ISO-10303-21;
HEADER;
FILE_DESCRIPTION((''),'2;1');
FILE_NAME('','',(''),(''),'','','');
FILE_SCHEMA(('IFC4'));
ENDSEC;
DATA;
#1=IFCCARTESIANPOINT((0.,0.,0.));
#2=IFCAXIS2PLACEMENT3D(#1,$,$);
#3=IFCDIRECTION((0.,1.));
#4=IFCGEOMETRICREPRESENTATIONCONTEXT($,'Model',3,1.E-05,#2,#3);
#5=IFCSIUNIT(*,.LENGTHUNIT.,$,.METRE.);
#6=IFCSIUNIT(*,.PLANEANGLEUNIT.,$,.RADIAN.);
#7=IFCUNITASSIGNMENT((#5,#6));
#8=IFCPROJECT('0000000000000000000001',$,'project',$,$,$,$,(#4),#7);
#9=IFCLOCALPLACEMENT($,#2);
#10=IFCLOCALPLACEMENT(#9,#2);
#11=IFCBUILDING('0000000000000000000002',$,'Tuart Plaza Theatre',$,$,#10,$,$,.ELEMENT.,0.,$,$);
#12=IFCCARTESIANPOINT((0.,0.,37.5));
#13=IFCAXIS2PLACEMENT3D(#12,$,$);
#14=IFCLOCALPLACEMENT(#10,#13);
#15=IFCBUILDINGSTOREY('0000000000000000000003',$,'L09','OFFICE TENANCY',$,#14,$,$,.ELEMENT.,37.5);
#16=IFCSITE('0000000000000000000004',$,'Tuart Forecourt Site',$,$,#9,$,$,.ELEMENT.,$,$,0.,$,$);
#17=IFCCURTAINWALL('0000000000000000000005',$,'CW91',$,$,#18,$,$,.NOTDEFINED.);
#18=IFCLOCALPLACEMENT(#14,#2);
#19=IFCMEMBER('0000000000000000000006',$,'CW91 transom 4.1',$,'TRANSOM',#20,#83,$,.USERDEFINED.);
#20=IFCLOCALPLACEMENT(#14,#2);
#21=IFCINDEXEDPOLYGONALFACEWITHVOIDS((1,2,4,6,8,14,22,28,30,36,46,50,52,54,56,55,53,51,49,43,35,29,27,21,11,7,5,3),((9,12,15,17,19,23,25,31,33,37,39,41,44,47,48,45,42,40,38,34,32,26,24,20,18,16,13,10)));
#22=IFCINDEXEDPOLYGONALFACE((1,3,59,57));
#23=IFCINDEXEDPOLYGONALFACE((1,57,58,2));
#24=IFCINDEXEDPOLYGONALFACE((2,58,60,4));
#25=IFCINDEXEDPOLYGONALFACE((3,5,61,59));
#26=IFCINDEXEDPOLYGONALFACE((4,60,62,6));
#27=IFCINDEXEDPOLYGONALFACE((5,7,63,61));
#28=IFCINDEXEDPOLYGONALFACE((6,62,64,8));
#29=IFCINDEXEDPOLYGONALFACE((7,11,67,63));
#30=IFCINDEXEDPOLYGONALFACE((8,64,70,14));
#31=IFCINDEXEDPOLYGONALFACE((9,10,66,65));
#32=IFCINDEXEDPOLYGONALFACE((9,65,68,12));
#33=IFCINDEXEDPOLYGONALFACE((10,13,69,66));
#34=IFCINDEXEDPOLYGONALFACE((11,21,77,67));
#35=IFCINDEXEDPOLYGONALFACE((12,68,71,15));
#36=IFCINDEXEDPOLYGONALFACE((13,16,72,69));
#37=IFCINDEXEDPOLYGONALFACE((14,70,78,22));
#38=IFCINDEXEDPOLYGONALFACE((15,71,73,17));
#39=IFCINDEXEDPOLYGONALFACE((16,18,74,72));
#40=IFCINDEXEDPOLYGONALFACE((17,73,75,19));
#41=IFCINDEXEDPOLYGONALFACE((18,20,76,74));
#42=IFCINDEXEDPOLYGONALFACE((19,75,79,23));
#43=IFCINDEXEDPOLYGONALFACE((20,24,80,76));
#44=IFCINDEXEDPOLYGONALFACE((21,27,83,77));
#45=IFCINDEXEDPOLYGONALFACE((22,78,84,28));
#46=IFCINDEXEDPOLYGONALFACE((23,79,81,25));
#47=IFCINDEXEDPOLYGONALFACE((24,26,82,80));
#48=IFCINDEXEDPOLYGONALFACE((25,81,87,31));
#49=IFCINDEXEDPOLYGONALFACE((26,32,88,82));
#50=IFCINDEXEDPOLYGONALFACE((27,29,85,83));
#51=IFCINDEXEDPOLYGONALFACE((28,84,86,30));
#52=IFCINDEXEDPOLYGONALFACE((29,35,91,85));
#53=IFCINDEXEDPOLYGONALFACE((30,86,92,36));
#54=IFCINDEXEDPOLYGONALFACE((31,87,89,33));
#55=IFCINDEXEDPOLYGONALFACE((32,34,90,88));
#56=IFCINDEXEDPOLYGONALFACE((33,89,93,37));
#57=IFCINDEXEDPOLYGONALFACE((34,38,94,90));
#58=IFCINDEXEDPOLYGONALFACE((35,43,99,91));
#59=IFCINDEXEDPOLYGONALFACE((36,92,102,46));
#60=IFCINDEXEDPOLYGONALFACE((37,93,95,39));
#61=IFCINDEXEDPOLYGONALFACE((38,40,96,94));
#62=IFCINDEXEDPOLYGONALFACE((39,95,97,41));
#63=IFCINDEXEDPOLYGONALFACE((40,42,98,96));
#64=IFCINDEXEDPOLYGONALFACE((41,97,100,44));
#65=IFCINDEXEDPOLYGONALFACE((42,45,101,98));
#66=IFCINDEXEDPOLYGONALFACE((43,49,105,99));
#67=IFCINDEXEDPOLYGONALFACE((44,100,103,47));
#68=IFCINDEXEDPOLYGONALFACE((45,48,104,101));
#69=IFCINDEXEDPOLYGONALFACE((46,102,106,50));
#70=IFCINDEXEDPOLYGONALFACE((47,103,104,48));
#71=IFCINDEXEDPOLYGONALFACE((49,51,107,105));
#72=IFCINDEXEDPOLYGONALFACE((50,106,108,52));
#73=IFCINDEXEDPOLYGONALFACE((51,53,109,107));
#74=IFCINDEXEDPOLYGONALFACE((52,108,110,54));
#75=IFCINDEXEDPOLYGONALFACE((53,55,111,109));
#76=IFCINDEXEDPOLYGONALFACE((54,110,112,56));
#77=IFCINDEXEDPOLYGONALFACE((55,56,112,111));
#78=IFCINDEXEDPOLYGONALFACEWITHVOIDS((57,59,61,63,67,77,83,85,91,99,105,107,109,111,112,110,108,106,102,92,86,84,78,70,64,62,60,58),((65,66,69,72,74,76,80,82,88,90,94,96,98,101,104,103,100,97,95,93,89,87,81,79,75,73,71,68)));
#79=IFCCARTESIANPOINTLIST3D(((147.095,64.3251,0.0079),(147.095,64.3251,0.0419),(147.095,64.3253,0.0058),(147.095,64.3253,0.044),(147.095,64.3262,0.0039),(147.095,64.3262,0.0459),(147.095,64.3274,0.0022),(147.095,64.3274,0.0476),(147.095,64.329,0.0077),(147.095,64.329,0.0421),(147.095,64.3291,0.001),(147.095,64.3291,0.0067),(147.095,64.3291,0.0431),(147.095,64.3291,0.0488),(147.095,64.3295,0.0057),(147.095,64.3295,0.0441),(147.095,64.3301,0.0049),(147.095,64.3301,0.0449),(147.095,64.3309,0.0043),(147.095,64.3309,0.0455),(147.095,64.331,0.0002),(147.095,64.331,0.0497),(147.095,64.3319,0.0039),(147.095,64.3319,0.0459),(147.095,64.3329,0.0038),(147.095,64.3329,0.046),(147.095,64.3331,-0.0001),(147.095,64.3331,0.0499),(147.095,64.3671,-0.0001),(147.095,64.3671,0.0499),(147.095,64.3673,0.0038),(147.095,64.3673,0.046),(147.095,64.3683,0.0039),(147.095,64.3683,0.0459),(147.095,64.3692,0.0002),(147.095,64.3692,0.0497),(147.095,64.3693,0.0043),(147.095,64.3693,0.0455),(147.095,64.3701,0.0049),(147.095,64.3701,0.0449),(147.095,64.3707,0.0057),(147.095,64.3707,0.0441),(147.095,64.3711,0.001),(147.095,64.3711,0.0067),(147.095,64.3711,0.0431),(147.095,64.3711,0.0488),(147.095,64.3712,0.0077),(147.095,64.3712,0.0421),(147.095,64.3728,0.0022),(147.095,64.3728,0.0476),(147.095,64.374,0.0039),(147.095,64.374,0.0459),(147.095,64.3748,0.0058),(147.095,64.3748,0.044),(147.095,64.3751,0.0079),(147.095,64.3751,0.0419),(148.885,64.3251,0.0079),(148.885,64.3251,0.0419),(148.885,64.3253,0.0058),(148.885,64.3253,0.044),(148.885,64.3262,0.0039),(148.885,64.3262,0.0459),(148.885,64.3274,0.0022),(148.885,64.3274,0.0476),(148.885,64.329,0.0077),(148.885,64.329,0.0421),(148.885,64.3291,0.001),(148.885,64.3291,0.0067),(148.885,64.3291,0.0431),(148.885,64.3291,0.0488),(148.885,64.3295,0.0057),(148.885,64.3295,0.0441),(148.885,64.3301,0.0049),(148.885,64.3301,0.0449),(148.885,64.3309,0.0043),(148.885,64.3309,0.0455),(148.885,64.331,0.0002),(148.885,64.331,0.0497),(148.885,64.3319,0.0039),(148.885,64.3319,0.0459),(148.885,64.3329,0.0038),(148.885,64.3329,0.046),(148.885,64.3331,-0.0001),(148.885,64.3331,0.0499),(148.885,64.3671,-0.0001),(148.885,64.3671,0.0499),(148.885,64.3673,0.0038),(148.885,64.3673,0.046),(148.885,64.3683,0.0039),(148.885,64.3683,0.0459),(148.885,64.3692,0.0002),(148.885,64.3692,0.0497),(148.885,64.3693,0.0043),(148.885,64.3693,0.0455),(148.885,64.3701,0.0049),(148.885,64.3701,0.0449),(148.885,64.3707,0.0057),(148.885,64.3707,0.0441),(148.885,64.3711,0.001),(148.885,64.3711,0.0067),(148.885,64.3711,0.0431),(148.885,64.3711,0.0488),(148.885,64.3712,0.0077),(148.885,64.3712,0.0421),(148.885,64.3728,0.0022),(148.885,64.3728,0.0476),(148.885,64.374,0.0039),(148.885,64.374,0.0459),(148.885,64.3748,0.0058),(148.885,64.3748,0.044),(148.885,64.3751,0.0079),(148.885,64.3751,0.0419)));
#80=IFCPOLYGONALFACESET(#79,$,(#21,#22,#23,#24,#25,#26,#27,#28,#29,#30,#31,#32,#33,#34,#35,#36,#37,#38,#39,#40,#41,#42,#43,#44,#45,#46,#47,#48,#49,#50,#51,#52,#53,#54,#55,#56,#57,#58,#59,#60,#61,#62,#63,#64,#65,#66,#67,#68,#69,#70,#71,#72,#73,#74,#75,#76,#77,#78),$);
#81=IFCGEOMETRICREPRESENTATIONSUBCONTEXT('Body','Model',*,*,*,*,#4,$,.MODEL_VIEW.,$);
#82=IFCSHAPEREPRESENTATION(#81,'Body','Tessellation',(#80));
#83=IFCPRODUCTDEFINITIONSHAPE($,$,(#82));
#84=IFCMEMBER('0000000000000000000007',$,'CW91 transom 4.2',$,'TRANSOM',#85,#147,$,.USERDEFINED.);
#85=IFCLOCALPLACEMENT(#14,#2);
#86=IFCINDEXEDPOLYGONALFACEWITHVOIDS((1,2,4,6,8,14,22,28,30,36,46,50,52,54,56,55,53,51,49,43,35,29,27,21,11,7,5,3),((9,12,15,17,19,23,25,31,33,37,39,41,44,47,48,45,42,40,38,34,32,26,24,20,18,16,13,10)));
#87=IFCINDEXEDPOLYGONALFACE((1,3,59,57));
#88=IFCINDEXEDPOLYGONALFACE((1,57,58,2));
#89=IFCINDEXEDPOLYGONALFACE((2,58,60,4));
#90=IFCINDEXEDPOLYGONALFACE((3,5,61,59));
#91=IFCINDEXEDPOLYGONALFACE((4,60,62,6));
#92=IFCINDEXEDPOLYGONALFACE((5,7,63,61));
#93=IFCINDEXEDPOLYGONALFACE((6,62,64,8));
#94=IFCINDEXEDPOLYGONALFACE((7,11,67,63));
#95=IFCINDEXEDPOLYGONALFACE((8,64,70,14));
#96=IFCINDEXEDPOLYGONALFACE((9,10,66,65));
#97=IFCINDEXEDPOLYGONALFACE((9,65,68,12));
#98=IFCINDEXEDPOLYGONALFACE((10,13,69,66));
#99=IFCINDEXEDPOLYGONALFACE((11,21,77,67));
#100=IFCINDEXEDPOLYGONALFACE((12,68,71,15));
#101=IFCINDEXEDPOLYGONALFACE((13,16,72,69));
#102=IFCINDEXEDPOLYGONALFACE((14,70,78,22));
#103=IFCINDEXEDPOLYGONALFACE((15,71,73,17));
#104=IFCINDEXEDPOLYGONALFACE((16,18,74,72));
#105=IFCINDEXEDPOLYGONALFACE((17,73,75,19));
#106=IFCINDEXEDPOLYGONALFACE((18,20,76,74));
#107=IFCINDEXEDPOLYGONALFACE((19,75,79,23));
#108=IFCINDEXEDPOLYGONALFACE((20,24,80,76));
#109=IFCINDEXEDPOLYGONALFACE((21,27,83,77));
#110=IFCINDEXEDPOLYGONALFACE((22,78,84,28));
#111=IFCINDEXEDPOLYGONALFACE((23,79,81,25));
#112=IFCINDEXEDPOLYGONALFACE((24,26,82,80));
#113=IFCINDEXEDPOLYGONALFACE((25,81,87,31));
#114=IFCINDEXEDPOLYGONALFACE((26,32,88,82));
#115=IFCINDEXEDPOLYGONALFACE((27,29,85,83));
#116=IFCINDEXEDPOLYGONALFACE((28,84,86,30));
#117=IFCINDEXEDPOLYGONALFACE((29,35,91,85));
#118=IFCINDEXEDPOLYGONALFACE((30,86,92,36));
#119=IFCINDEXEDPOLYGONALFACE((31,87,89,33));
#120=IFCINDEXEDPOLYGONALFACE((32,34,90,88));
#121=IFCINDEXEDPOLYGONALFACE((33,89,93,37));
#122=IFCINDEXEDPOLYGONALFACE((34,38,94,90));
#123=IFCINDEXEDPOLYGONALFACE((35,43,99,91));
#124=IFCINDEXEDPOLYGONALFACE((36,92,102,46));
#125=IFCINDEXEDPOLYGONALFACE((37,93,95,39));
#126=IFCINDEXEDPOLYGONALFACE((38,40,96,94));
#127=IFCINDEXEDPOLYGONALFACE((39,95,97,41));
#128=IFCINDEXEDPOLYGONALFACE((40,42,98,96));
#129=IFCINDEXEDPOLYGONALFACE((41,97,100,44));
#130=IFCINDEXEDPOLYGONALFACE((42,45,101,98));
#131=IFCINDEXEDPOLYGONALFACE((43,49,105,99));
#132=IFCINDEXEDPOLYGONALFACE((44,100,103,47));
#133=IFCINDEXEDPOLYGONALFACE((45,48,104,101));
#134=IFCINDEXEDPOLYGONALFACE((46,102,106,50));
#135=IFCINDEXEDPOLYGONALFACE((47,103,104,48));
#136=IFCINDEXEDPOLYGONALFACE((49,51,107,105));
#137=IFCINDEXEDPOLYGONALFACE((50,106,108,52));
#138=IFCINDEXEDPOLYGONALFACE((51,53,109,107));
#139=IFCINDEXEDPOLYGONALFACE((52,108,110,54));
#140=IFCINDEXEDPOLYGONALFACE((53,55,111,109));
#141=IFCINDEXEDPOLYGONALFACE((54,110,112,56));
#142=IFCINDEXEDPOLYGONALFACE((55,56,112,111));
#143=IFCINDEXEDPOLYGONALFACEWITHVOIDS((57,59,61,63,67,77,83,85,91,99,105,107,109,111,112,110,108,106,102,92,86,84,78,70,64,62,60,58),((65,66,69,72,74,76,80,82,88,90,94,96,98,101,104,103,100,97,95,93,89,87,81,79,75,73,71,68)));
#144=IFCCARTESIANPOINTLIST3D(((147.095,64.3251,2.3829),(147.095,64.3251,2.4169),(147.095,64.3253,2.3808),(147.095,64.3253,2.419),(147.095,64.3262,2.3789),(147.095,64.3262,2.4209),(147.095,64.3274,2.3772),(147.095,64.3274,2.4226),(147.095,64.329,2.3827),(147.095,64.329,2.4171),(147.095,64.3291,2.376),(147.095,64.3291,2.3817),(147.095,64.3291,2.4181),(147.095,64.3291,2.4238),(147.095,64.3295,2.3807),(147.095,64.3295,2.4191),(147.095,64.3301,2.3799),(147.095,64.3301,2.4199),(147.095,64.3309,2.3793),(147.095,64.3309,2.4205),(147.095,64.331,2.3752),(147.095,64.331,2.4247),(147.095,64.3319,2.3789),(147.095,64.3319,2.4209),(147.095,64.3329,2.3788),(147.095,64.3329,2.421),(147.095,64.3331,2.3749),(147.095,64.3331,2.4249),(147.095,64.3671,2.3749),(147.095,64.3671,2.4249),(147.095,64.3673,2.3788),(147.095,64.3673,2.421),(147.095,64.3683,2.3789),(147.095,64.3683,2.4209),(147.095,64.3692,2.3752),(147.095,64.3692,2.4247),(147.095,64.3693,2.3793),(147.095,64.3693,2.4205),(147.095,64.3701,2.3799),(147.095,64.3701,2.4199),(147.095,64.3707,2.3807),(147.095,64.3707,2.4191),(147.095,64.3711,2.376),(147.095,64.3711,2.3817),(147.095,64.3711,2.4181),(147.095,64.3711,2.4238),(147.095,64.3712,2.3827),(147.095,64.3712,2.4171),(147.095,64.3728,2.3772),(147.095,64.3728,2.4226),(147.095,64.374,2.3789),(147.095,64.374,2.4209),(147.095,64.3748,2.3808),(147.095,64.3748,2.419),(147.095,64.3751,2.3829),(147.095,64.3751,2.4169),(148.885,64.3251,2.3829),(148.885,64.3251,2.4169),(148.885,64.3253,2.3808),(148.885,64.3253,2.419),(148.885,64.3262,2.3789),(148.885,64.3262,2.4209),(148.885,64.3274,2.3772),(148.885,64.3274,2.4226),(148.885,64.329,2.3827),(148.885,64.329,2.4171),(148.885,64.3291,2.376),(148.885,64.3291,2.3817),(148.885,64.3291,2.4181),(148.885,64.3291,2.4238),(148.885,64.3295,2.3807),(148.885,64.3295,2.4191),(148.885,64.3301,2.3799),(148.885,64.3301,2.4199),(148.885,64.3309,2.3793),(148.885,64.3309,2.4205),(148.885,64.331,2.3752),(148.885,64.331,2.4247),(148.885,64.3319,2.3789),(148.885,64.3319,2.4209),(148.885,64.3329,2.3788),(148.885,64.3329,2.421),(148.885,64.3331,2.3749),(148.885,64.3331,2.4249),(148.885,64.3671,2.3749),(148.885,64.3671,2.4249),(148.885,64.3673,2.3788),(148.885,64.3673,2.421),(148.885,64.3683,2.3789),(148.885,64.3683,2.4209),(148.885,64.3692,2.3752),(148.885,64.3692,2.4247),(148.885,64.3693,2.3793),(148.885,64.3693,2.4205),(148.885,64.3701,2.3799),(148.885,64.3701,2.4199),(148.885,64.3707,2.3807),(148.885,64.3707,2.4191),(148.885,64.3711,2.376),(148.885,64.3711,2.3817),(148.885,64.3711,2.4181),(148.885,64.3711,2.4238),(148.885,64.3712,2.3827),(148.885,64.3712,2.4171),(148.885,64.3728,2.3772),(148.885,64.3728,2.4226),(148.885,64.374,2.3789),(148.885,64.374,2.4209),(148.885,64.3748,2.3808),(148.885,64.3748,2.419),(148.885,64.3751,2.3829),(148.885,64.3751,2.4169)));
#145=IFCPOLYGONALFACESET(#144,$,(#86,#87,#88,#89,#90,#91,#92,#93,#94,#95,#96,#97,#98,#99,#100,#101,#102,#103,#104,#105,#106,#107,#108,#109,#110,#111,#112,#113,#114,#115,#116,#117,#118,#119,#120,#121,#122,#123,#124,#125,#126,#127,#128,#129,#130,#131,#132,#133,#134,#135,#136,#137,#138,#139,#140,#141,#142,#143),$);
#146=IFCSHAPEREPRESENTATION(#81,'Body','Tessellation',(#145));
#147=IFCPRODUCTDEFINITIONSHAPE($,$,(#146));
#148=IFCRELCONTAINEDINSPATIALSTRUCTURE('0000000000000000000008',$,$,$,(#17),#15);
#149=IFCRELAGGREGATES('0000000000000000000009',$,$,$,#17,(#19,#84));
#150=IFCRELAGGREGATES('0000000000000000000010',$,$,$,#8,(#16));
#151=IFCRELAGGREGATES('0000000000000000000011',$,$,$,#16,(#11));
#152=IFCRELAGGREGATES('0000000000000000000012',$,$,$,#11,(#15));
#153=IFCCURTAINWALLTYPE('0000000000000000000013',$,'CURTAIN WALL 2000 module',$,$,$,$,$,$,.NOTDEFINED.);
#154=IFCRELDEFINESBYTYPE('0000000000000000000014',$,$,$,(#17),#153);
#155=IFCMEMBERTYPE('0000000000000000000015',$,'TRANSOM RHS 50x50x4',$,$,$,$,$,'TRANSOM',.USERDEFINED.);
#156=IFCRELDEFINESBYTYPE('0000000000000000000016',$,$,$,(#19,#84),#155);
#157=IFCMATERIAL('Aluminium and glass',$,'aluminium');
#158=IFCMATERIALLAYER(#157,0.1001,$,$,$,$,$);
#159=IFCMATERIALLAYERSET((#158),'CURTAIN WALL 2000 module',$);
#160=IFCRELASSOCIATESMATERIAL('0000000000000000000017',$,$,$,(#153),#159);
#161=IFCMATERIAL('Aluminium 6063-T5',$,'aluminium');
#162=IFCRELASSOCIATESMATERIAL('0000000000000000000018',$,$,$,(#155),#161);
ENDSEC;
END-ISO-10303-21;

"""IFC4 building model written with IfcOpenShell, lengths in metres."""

from ifc_helpers import new_model, si_unit, direction, frame, origin, origin_2d, place, context, subcontext, project, spatial, hollow_rectangle, extrude, material, layer, layer_set, material_profile, profile_set, type_object, element, aggregate, save


model = new_model("IFC4")

# Units and contexts
model_context = context("Model", 3, precision=1e-05, world=origin(), true_north=direction((0.0, 1.0)))
body_context = subcontext(model_context, "Body", "Model", "MODEL_VIEW")
ifc_project = project(units=[si_unit("LENGTHUNIT", "METRE"), si_unit("PLANEANGLEUNIT", "RADIAN")], contexts=[model_context])

# Site, building, storey
site_placement = place(None, origin())
site = spatial("IfcSite", under=ifc_project, at=site_placement, Name="Tuart Forecourt Site", CompositionType="ELEMENT", RefElevation=0.0)
building_placement = place(site_placement, origin())
building = spatial("IfcBuilding", under=site, at=building_placement, Name="Tuart Plaza Theatre", CompositionType="ELEMENT", ElevationOfRefHeight=0.0)
storey_placement = place(building_placement, frame((0.0, 0.0, 37.5)))
storey = spatial("IfcBuildingStorey", under=building, at=storey_placement, Name="L09", Description="OFFICE TENANCY", CompositionType="ELEMENT", Elevation=37.5)

# Curtain wall, members
ifc_material_1 = material(Name="Aluminium and glass", Category="aluminium")
ifc_layer_1 = layer(ifc_material_1, 0.1001)
ifc_layer_set_1 = layer_set([ifc_layer_1], Name="CURTAIN WALL 2000 module")
curtain_wall_type = type_object("IfcCurtainWallType", Name="CURTAIN WALL 2000 module", PredefinedType="NOTDEFINED", material=ifc_layer_set_1)
curtain_wall_placement = place(storey_placement, origin())
curtain_wall = element("IfcCurtainWall", 1, at=curtain_wall_placement, inside=storey, type_object=curtain_wall_type, Name="CW91", PredefinedType="NOTDEFINED")
ifc_material_2 = material(Name="Aluminium 6063-T5", Category="aluminium")
ifc_material_profile_1 = material_profile(ifc_material_2, hollow_rectangle(XDim=0.05, YDim=0.05, WallThickness=0.0039, InnerFilletRadius=0.0039, OuterFilletRadius=0.0081, at=origin_2d()), Name="RHS 50x50x4")
ifc_profile_set_1 = profile_set([ifc_material_profile_1], Name="Aluminium 6063-T5")
member_type_1 = type_object("IfcMemberType", Name="TRANSOM RHS 50x50x4", ElementType="TRANSOM", PredefinedType="USERDEFINED", material=ifc_profile_set_1)
member_1_placement = place(storey_placement, frame((147.095, 64.3501, 0.0249), z_axis=(1.0, 0.0, 0.0), x_axis=(0.0, 1.0, 0.0)))
member_1 = element("IfcMember", 2, at=member_1_placement, type_object=member_type_1, Name="CW91 transom 4.1", ObjectType="TRANSOM", PredefinedType="USERDEFINED", context=body_context, shape_type="SweptSolid", body=[
    extrude(hollow_rectangle(XDim=0.05, YDim=0.05, WallThickness=0.0039, InnerFilletRadius=0.0039, OuterFilletRadius=0.0081, at=origin_2d()), origin(), (0.0, 0.0, 1.0), 1.79),
])
member_2_placement = place(storey_placement, frame((147.095, 64.3501, 2.3999), z_axis=(1.0, 0.0, 0.0), x_axis=(0.0, 1.0, 0.0)))
member_2 = element("IfcMember", 3, at=member_2_placement, type_object=member_type_1, Name="CW91 transom 4.2", ObjectType="TRANSOM", PredefinedType="USERDEFINED", context=body_context, shape_type="SweptSolid", body=[
    extrude(hollow_rectangle(XDim=0.05, YDim=0.05, WallThickness=0.0039, InnerFilletRadius=0.0039, OuterFilletRadius=0.0081, at=origin_2d()), origin(), (0.0, 0.0, 1.0), 1.79),
])
aggregate(curtain_wall, [member_1, member_2])

save(model, "model.ifc")
